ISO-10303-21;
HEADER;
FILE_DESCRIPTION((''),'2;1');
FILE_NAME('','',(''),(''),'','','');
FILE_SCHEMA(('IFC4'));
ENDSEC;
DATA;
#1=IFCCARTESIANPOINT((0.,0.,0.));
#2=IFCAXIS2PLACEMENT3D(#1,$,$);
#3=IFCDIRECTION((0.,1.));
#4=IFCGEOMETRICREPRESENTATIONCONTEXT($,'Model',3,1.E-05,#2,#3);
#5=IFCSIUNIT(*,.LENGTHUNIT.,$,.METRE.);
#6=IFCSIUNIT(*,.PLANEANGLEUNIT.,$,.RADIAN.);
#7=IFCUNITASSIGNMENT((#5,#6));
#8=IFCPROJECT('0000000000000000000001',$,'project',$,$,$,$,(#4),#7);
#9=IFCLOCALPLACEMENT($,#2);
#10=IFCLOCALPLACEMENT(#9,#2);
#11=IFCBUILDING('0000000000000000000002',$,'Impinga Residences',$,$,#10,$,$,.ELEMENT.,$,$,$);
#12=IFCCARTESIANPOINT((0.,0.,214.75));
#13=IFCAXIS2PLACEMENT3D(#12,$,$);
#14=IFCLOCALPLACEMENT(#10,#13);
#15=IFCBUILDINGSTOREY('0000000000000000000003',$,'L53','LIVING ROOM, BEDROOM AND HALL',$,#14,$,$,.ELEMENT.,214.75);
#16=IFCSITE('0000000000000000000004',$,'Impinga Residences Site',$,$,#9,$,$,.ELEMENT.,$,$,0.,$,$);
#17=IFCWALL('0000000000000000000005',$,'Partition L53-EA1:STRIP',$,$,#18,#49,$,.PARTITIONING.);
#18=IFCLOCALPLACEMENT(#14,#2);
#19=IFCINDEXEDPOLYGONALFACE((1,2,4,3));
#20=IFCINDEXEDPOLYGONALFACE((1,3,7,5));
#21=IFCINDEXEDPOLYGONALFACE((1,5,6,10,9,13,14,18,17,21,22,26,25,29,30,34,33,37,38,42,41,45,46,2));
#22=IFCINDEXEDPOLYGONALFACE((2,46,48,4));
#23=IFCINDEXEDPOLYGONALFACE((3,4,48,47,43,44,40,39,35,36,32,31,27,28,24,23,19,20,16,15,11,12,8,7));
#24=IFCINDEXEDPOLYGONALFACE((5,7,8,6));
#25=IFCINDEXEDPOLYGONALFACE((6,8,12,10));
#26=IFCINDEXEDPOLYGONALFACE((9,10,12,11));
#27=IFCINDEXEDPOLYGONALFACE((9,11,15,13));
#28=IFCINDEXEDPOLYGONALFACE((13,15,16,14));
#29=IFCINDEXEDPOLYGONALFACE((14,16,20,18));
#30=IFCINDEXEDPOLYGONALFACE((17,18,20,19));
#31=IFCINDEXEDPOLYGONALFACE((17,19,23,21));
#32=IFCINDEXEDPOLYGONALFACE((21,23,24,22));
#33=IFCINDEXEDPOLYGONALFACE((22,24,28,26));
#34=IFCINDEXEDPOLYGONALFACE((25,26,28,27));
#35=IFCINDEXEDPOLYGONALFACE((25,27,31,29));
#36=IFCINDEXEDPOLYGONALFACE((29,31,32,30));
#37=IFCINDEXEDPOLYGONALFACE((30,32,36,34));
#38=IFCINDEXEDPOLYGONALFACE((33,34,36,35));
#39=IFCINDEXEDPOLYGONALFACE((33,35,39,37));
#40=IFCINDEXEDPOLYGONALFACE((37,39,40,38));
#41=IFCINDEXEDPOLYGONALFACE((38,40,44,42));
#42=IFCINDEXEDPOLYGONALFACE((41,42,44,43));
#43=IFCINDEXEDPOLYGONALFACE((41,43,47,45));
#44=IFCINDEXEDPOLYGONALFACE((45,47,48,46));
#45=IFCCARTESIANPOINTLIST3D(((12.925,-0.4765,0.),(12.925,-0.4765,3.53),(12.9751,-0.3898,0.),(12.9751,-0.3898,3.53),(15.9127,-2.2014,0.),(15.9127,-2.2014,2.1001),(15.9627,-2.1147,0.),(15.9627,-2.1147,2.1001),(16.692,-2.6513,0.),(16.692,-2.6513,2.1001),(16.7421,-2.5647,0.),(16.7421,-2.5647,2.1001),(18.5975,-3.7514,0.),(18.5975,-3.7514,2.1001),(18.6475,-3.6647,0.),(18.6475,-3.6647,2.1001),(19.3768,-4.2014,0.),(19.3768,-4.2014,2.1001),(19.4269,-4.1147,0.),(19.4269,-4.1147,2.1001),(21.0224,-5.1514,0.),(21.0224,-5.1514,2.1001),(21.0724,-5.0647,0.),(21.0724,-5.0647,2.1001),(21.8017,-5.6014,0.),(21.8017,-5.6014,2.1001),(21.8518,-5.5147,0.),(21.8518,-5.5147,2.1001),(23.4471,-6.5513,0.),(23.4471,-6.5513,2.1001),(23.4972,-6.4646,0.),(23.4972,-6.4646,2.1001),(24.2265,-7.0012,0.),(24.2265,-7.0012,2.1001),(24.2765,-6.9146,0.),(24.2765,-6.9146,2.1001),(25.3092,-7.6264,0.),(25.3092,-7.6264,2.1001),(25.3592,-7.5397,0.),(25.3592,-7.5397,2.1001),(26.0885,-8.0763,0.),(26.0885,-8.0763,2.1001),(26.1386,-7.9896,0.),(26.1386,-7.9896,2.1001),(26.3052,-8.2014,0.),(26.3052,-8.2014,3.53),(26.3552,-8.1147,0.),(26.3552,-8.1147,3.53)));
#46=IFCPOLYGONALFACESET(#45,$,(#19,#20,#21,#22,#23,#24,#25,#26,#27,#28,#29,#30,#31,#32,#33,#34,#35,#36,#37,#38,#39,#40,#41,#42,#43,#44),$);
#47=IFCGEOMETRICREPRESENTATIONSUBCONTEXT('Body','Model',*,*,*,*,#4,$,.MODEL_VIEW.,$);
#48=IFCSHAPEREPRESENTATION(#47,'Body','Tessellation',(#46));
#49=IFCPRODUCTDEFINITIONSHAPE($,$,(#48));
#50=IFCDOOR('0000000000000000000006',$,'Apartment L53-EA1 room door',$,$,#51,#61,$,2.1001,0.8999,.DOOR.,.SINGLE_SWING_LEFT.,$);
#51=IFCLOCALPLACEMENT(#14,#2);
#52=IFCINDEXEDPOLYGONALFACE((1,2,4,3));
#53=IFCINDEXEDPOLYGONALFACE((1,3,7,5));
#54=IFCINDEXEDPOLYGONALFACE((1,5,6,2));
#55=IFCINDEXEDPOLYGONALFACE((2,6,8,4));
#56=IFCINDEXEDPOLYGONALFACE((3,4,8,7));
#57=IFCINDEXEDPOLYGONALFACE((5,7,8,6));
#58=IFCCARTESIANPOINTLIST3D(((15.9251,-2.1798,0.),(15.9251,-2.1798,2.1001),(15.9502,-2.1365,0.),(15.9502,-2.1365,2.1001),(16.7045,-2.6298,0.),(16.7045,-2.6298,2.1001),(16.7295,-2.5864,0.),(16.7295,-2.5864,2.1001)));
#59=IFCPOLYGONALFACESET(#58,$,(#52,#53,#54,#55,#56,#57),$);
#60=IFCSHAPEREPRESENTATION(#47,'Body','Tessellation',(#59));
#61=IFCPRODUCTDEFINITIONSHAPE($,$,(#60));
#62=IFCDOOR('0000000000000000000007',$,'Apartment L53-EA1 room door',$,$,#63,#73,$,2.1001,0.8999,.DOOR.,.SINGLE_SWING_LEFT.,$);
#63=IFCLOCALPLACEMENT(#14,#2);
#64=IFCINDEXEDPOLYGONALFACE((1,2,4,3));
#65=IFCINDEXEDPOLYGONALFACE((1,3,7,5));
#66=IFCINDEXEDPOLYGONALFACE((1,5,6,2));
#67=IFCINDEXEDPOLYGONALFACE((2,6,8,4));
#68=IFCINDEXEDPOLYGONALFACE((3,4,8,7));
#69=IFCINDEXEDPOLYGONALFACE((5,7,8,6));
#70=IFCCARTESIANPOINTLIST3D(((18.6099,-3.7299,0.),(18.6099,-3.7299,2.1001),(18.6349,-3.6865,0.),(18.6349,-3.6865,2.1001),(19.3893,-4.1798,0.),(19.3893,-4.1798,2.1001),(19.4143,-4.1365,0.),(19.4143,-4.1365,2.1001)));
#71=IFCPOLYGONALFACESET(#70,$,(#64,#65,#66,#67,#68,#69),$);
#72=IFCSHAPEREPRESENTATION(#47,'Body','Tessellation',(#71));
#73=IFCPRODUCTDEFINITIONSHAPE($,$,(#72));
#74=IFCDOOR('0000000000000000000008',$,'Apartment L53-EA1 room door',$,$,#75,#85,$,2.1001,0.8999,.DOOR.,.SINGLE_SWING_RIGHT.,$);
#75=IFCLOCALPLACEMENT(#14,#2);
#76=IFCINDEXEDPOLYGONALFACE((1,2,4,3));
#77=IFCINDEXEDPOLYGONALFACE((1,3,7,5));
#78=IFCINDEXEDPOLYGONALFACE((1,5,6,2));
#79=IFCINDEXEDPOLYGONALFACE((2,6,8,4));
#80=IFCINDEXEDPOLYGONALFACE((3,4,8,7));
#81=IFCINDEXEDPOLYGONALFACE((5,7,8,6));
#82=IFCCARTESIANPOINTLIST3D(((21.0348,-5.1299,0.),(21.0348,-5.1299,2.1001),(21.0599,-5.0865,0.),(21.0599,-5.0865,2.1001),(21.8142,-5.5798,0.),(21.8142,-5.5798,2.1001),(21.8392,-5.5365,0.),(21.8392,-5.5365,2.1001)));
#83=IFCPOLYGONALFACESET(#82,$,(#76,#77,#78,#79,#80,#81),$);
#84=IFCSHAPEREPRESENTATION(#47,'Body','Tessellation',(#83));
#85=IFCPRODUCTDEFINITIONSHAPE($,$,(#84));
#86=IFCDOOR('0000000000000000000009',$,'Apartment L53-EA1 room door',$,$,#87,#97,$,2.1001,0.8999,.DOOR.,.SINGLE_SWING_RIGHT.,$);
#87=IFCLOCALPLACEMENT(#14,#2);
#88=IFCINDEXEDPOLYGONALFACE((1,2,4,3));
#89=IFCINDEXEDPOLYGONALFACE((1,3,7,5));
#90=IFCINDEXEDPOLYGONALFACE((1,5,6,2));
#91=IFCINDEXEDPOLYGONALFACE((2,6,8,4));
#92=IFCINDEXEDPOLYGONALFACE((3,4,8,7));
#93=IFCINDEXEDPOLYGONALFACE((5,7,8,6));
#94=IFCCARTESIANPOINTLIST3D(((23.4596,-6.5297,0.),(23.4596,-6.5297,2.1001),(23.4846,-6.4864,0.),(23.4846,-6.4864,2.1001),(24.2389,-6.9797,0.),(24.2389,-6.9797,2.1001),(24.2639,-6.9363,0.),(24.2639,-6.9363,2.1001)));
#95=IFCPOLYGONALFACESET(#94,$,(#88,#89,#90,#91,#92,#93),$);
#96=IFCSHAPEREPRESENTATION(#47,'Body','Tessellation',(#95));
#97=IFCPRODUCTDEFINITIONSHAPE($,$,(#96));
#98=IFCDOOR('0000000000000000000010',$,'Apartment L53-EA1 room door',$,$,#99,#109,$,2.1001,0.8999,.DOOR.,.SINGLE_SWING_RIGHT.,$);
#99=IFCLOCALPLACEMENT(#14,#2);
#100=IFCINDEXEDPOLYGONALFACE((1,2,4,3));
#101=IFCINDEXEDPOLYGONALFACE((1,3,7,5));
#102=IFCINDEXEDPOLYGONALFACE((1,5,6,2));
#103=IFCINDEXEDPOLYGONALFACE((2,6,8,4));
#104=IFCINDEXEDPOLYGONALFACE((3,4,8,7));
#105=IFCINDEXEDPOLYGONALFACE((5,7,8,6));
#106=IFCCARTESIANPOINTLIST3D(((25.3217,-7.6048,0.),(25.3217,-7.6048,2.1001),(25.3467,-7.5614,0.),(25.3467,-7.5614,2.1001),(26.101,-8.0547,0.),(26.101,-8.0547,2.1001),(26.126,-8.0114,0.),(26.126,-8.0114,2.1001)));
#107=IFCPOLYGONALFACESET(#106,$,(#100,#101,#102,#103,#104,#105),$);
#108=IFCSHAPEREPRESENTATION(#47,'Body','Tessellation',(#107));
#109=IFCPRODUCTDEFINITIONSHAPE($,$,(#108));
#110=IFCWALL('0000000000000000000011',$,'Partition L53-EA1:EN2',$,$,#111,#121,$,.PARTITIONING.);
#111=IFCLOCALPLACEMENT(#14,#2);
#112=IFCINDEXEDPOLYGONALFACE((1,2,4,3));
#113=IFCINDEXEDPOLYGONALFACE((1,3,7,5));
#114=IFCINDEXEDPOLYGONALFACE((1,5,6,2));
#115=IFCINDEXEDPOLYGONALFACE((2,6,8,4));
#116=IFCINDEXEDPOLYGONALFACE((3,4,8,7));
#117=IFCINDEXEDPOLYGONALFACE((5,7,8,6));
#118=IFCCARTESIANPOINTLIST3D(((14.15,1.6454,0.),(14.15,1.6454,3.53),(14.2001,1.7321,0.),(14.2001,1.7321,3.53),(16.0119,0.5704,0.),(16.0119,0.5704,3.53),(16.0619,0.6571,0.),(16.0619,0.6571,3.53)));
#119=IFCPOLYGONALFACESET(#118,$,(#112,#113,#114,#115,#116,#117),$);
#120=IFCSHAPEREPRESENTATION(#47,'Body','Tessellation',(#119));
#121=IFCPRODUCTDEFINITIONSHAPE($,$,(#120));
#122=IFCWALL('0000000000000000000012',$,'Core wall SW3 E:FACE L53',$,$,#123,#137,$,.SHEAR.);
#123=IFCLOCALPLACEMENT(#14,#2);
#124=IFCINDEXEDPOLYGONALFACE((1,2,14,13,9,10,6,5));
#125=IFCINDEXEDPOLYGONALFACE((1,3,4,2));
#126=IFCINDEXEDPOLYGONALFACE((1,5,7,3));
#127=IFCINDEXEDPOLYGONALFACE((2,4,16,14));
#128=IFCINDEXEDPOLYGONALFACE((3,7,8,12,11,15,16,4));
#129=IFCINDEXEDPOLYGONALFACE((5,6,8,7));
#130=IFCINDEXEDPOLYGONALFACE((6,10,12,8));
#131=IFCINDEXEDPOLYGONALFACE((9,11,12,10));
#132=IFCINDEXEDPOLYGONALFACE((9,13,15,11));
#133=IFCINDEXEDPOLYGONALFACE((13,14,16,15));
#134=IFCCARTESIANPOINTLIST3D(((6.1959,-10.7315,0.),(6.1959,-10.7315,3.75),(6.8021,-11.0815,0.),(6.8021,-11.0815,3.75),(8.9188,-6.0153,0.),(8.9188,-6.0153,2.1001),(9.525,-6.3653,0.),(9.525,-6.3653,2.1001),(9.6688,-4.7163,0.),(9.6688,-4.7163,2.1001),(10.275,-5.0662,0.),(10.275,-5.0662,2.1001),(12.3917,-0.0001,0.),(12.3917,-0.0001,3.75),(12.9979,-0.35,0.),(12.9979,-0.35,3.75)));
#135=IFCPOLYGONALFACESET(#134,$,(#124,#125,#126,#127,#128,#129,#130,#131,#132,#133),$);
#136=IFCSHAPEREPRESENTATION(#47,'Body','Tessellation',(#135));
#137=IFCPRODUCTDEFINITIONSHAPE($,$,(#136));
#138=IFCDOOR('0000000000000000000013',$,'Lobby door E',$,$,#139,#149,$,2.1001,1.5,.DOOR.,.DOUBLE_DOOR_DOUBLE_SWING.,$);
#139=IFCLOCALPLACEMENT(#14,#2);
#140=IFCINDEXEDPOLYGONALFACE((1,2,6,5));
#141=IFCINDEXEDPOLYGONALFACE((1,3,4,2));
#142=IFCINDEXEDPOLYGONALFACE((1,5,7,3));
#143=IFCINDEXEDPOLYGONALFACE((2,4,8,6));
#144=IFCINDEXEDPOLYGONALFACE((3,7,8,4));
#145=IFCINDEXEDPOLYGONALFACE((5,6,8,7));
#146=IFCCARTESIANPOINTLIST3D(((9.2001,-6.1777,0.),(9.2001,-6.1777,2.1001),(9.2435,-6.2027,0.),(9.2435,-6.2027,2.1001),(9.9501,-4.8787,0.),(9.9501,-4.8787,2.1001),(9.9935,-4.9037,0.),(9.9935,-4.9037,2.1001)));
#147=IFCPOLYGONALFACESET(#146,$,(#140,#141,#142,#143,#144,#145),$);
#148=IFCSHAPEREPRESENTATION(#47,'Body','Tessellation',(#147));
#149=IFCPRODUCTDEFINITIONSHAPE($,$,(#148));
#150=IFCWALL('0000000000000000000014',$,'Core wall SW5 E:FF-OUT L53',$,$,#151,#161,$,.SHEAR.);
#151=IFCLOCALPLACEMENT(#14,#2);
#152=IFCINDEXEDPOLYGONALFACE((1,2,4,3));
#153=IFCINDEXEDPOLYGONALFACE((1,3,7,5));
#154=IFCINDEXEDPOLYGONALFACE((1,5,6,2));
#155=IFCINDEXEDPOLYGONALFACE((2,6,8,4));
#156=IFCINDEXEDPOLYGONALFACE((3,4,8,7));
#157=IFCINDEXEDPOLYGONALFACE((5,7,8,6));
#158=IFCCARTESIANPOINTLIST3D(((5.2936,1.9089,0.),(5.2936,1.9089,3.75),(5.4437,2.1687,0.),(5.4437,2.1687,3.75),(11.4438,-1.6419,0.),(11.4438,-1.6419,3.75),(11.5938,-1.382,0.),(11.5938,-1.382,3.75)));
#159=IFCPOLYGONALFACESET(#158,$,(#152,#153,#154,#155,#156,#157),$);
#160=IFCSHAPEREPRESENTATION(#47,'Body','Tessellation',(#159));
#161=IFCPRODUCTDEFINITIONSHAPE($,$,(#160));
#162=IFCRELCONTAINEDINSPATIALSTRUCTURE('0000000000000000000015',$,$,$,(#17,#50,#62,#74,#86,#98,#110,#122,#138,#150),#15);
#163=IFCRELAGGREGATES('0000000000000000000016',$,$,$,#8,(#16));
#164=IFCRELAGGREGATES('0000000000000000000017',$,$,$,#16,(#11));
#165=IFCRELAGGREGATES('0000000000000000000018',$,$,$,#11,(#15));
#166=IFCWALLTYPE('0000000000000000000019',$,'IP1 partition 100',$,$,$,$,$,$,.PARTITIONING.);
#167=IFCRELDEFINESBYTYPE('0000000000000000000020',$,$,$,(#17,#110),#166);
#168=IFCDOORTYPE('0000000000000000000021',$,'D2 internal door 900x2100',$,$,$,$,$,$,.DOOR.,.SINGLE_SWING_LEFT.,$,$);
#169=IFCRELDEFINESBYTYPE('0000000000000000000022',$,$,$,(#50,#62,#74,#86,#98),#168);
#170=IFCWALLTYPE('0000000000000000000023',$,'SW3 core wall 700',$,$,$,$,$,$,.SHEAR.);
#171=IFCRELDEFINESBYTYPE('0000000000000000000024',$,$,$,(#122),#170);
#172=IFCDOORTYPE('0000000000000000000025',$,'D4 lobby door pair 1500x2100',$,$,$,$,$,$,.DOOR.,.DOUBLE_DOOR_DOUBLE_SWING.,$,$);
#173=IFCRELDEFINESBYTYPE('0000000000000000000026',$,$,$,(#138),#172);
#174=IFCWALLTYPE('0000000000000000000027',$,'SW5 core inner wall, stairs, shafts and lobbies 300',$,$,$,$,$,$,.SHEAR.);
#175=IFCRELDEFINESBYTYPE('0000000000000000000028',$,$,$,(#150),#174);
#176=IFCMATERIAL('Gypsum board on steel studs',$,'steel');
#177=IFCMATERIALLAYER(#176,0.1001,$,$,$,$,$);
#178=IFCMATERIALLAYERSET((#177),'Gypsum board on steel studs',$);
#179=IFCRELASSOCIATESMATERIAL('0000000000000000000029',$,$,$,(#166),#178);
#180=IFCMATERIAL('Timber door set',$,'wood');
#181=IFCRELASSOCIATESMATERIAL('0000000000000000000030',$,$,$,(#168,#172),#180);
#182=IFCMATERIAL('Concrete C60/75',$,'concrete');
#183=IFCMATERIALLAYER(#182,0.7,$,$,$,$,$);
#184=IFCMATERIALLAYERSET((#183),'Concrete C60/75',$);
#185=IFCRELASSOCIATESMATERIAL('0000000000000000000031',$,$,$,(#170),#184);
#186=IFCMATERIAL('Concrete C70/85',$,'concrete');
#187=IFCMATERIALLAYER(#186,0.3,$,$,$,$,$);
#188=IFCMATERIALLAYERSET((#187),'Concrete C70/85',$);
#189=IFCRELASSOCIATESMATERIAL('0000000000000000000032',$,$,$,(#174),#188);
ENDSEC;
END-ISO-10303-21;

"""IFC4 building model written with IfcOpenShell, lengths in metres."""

from ifc_helpers import new_model, si_unit, direction, frame, frame_2d, origin, place, context, subcontext, project, spatial, rectangle, extrude, material, layer, layer_set, type_object, element, fill, save


model = new_model("IFC4")

# Units and contexts
model_context = context("Model", 3, precision=1e-05, world=origin(), true_north=direction((0.0, 1.0)))
body_context = subcontext(model_context, "Body", "Model", "MODEL_VIEW")
ifc_project = project(units=[si_unit("LENGTHUNIT", "METRE"), si_unit("PLANEANGLEUNIT", "RADIAN")], contexts=[model_context])

# Site, building, storey
site_placement = place(None, origin())
site = spatial("IfcSite", under=ifc_project, at=site_placement, Name="Impinga Residences Site", CompositionType="ELEMENT", RefElevation=0.0)
building_placement = place(site_placement, origin())
building = spatial("IfcBuilding", under=site, at=building_placement, Name="Impinga Residences", CompositionType="ELEMENT")
storey_placement = place(building_placement, frame((0.0, 0.0, 214.75)))
storey = spatial("IfcBuildingStorey", under=building, at=storey_placement, Name="L53", Description="LIVING ROOM, BEDROOM AND HALL", CompositionType="ELEMENT", Elevation=214.75)

# Shared definitions
ifc_material_1 = material(Name="Concrete C60/75", Category="concrete")
ifc_material_2 = material(Name="Timber door set", Category="wood")

# Shared definitions
ifc_material_3 = material(Name="Gypsum board on steel studs", Category="steel")
ifc_layer_1 = layer(ifc_material_3, 0.1001)
ifc_layer_set_1 = layer_set([ifc_layer_1], Name="Gypsum board on steel studs")
wall_type_1 = type_object("IfcWallType", Name="IP1 partition 100", PredefinedType="PARTITIONING", material=ifc_layer_set_1)

# Wall, openings, doors
wall_1_placement = place(storey_placement, frame((12.95, -0.4331, 0.0), z_axis=(0.0, 0.0, 1.0), x_axis=(0.86603, -0.499992, 0.0)))
wall_1 = element("IfcWall", 1, at=wall_1_placement, inside=storey, type_object=wall_type_1, Name="Partition L53-EA1:STRIP", PredefinedType="PARTITIONING", context=body_context, shape_type="SweptSolid", body=[
    extrude(rectangle(XDim=15.45, YDim=0.1001, at=frame_2d((7.7251, 0.0))), origin(), (0.0, 0.0, 1.0), 3.53),
])
opening_1_placement = place(wall_1_placement, frame((3.45, 0.0, 0.0)))
opening_1 = element("IfcOpeningElement", 2, at=opening_1_placement, cuts=wall_1, PredefinedType="OPENING", context=body_context, shape_type="SweptSolid", body=[
    extrude(rectangle(XDim=0.8999, YDim=2.1001, at=frame_2d((0.45, 1.05))), frame((0.0, 0.0601, 0.0), z_axis=(0.0, -1.0, 0.0), x_axis=(1.0, 0.0, 0.0)), (0.0, 0.0, 1.0), 0.1201),
])
opening_2_placement = place(wall_1_placement, frame((6.55, 0.0, 0.0)))
opening_2 = element("IfcOpeningElement", 3, at=opening_2_placement, cuts=wall_1, PredefinedType="OPENING", context=body_context, shape_type="SweptSolid", body=[
    extrude(rectangle(XDim=0.8999, YDim=2.1001, at=frame_2d((0.45, 1.05))), frame((0.0, 0.0601, 0.0), z_axis=(0.0, -1.0, 0.0), x_axis=(1.0, 0.0, 0.0)), (0.0, 0.0, 1.0), 0.1201),
])
opening_3_placement = place(wall_1_placement, frame((9.3501, 0.0, 0.0)))
opening_3 = element("IfcOpeningElement", 4, at=opening_3_placement, cuts=wall_1, PredefinedType="OPENING", context=body_context, shape_type="SweptSolid", body=[
    extrude(rectangle(XDim=0.8999, YDim=2.1001, at=frame_2d((0.45, 1.05))), frame((0.0, 0.0601, 0.0), z_axis=(0.0, -1.0, 0.0), x_axis=(1.0, 0.0, 0.0)), (0.0, 0.0, 1.0), 0.1201),
])
opening_4_placement = place(wall_1_placement, frame((12.1499, 0.0, 0.0)))
opening_4 = element("IfcOpeningElement", 5, at=opening_4_placement, cuts=wall_1, PredefinedType="OPENING", context=body_context, shape_type="SweptSolid", body=[
    extrude(rectangle(XDim=0.8999, YDim=2.1001, at=frame_2d((0.45, 1.05))), frame((0.0, 0.0601, 0.0), z_axis=(0.0, -1.0, 0.0), x_axis=(1.0, 0.0, 0.0)), (0.0, 0.0, 1.0), 0.1201),
])
opening_5_placement = place(wall_1_placement, frame((14.3, 0.0, 0.0)))
opening_5 = element("IfcOpeningElement", 6, at=opening_5_placement, cuts=wall_1, PredefinedType="OPENING", context=body_context, shape_type="SweptSolid", body=[
    extrude(rectangle(XDim=0.8999, YDim=2.1001, at=frame_2d((0.45, 1.05))), frame((0.0, 0.0601, 0.0), z_axis=(0.0, -1.0, 0.0), x_axis=(1.0, 0.0, 0.0)), (0.0, 0.0, 1.0), 0.1201),
])
door_type_1 = type_object("IfcDoorType", Name="D2 internal door 900x2100", OperationType="SINGLE_SWING_LEFT", PredefinedType="DOOR", material=ifc_material_2)
door_1_placement = place(opening_1_placement, origin())
door_1 = element("IfcDoor", 7, at=door_1_placement, inside=storey, type_object=door_type_1, Name="Apartment L53-EA1 room door", OperationType="SINGLE_SWING_LEFT", OverallHeight=2.1001, OverallWidth=0.8999, PredefinedType="DOOR", context=body_context, shape_type="SweptSolid", body=[
    extrude(rectangle(XDim=0.8999, YDim=2.1001, at=frame_2d((0.45, 1.05))), frame((0.0, 0.0249, 0.0), z_axis=(0.0, -1.0, 0.0), x_axis=(1.0, 0.0, 0.0)), (0.0, 0.0, 1.0), 0.05),
])
fill(opening_1, door_1)
door_2_placement = place(opening_2_placement, origin())
door_2 = element("IfcDoor", 8, at=door_2_placement, inside=storey, type_object=door_type_1, Name="Apartment L53-EA1 room door", OperationType="SINGLE_SWING_LEFT", OverallHeight=2.1001, OverallWidth=0.8999, PredefinedType="DOOR", context=body_context, shape_type="SweptSolid", body=[
    extrude(rectangle(XDim=0.8999, YDim=2.1001, at=frame_2d((0.45, 1.05))), frame((0.0, 0.0249, 0.0), z_axis=(0.0, -1.0, 0.0), x_axis=(1.0, 0.0, 0.0)), (0.0, 0.0, 1.0), 0.05),
])
fill(opening_2, door_2)
door_3_placement = place(opening_3_placement, origin())
door_3 = element("IfcDoor", 9, at=door_3_placement, inside=storey, type_object=door_type_1, Name="Apartment L53-EA1 room door", OperationType="SINGLE_SWING_RIGHT", OverallHeight=2.1001, OverallWidth=0.8999, PredefinedType="DOOR", context=body_context, shape_type="SweptSolid", body=[
    extrude(rectangle(XDim=0.8999, YDim=2.1001, at=frame_2d((0.45, 1.05))), frame((0.0, 0.0249, 0.0), z_axis=(0.0, -1.0, 0.0), x_axis=(1.0, 0.0, 0.0)), (0.0, 0.0, 1.0), 0.05),
])
fill(opening_3, door_3)
door_4_placement = place(opening_4_placement, origin())
door_4 = element("IfcDoor", 10, at=door_4_placement, inside=storey, type_object=door_type_1, Name="Apartment L53-EA1 room door", OperationType="SINGLE_SWING_RIGHT", OverallHeight=2.1001, OverallWidth=0.8999, PredefinedType="DOOR", context=body_context, shape_type="SweptSolid", body=[
    extrude(rectangle(XDim=0.8999, YDim=2.1001, at=frame_2d((0.45, 1.05))), frame((0.0, 0.0249, 0.0), z_axis=(0.0, -1.0, 0.0), x_axis=(1.0, 0.0, 0.0)), (0.0, 0.0, 1.0), 0.05),
])
fill(opening_4, door_4)
door_5_placement = place(opening_5_placement, origin())
door_5 = element("IfcDoor", 11, at=door_5_placement, inside=storey, type_object=door_type_1, Name="Apartment L53-EA1 room door", OperationType="SINGLE_SWING_RIGHT", OverallHeight=2.1001, OverallWidth=0.8999, PredefinedType="DOOR", context=body_context, shape_type="SweptSolid", body=[
    extrude(rectangle(XDim=0.8999, YDim=2.1001, at=frame_2d((0.45, 1.05))), frame((0.0, 0.0249, 0.0), z_axis=(0.0, -1.0, 0.0), x_axis=(1.0, 0.0, 0.0)), (0.0, 0.0, 1.0), 0.05),
])
fill(opening_5, door_5)

# Wall
wall_2_placement = place(storey_placement, frame((14.175, 1.6887, 0.0), z_axis=(0.0, 0.0, 1.0), x_axis=(0.866019, -0.500011, 0.0)))
element("IfcWall", 12, at=wall_2_placement, inside=storey, type_object=wall_type_1, Name="Partition L53-EA1:EN2", PredefinedType="PARTITIONING", context=body_context, shape_type="SweptSolid", body=[
    extrude(rectangle(XDim=2.1499, YDim=0.1001, at=frame_2d((1.075, 0.0))), origin(), (0.0, 0.0, 1.0), 3.53),
])

# Wall, opening, door
ifc_layer_2 = layer(ifc_material_1, 0.7)
ifc_layer_set_2 = layer_set([ifc_layer_2], Name="Concrete C60/75")
wall_type_2 = type_object("IfcWallType", Name="SW3 core wall 700", PredefinedType="SHEAR", material=ifc_layer_set_2)
wall_3_placement = place(storey_placement, frame((12.6948, -0.175, 0.0), z_axis=(0.0, 0.0, 1.0), x_axis=(-0.5, -0.866025, 0.0)))
wall_3 = element("IfcWall", 13, at=wall_3_placement, inside=storey, type_object=wall_type_2, Name="Core wall SW3 E:FACE L53", PredefinedType="SHEAR", context=body_context, shape_type="SweptSolid", body=[
    extrude(rectangle(XDim=12.3916, YDim=0.7, at=frame_2d((6.1958, 0.0))), origin(), (0.0, 0.0, 1.0), 3.75),
])
opening_6_placement = place(wall_3_placement, frame((5.4458, 0.0, 0.0)))
opening_6 = element("IfcOpeningElement", 14, at=opening_6_placement, cuts=wall_3, PredefinedType="OPENING", context=body_context, shape_type="SweptSolid", body=[
    extrude(rectangle(XDim=1.5, YDim=2.1001, at=frame_2d((0.75, 1.05))), frame((0.0, 0.3599, 0.0), z_axis=(0.0, -1.0, 0.0), x_axis=(1.0, 0.0, 0.0)), (0.0, 0.0, 1.0), 0.72),
])
door_type_2 = type_object("IfcDoorType", Name="D4 lobby door pair 1500x2100", OperationType="DOUBLE_DOOR_DOUBLE_SWING", PredefinedType="DOOR", material=ifc_material_2)
door_6_placement = place(opening_6_placement, origin())
door_6 = element("IfcDoor", 15, at=door_6_placement, inside=storey, type_object=door_type_2, Name="Lobby door E", OperationType="DOUBLE_DOOR_DOUBLE_SWING", OverallHeight=2.1001, OverallWidth=1.5, PredefinedType="DOOR", context=body_context, shape_type="SweptSolid", body=[
    extrude(rectangle(XDim=1.5, YDim=2.1001, at=frame_2d((0.75, 1.05))), frame((0.0, 0.0249, 0.0), z_axis=(0.0, -1.0, 0.0), x_axis=(1.0, 0.0, 0.0)), (0.0, 0.0, 1.0), 0.05),
])
fill(opening_6, door_6)

# Wall
ifc_material_4 = material(Name="Concrete C70/85", Category="concrete")
ifc_layer_3 = layer(ifc_material_4, 0.3)
ifc_layer_set_3 = layer_set([ifc_layer_3], Name="Concrete C70/85")
wall_type_3 = type_object("IfcWallType", Name="SW5 core inner wall, stairs, shafts and lobbies 300", PredefinedType="SHEAR", material=ifc_layer_set_3)
wall_4_placement = place(storey_placement, frame((5.3687, 2.0388, 0.0), z_axis=(0.0, 0.0, 1.0), x_axis=(0.866026, -0.499999, 0.0)))
element("IfcWall", 16, at=wall_4_placement, inside=storey, type_object=wall_type_3, Name="Core wall SW5 E:FF-OUT L53", PredefinedType="SHEAR", context=body_context, shape_type="SweptSolid", body=[
    extrude(rectangle(XDim=7.1016, YDim=0.3, at=frame_2d((3.5508, 0.0))), origin(), (0.0, 0.0, 1.0), 3.75),
])

save(model, "model.ifc")
